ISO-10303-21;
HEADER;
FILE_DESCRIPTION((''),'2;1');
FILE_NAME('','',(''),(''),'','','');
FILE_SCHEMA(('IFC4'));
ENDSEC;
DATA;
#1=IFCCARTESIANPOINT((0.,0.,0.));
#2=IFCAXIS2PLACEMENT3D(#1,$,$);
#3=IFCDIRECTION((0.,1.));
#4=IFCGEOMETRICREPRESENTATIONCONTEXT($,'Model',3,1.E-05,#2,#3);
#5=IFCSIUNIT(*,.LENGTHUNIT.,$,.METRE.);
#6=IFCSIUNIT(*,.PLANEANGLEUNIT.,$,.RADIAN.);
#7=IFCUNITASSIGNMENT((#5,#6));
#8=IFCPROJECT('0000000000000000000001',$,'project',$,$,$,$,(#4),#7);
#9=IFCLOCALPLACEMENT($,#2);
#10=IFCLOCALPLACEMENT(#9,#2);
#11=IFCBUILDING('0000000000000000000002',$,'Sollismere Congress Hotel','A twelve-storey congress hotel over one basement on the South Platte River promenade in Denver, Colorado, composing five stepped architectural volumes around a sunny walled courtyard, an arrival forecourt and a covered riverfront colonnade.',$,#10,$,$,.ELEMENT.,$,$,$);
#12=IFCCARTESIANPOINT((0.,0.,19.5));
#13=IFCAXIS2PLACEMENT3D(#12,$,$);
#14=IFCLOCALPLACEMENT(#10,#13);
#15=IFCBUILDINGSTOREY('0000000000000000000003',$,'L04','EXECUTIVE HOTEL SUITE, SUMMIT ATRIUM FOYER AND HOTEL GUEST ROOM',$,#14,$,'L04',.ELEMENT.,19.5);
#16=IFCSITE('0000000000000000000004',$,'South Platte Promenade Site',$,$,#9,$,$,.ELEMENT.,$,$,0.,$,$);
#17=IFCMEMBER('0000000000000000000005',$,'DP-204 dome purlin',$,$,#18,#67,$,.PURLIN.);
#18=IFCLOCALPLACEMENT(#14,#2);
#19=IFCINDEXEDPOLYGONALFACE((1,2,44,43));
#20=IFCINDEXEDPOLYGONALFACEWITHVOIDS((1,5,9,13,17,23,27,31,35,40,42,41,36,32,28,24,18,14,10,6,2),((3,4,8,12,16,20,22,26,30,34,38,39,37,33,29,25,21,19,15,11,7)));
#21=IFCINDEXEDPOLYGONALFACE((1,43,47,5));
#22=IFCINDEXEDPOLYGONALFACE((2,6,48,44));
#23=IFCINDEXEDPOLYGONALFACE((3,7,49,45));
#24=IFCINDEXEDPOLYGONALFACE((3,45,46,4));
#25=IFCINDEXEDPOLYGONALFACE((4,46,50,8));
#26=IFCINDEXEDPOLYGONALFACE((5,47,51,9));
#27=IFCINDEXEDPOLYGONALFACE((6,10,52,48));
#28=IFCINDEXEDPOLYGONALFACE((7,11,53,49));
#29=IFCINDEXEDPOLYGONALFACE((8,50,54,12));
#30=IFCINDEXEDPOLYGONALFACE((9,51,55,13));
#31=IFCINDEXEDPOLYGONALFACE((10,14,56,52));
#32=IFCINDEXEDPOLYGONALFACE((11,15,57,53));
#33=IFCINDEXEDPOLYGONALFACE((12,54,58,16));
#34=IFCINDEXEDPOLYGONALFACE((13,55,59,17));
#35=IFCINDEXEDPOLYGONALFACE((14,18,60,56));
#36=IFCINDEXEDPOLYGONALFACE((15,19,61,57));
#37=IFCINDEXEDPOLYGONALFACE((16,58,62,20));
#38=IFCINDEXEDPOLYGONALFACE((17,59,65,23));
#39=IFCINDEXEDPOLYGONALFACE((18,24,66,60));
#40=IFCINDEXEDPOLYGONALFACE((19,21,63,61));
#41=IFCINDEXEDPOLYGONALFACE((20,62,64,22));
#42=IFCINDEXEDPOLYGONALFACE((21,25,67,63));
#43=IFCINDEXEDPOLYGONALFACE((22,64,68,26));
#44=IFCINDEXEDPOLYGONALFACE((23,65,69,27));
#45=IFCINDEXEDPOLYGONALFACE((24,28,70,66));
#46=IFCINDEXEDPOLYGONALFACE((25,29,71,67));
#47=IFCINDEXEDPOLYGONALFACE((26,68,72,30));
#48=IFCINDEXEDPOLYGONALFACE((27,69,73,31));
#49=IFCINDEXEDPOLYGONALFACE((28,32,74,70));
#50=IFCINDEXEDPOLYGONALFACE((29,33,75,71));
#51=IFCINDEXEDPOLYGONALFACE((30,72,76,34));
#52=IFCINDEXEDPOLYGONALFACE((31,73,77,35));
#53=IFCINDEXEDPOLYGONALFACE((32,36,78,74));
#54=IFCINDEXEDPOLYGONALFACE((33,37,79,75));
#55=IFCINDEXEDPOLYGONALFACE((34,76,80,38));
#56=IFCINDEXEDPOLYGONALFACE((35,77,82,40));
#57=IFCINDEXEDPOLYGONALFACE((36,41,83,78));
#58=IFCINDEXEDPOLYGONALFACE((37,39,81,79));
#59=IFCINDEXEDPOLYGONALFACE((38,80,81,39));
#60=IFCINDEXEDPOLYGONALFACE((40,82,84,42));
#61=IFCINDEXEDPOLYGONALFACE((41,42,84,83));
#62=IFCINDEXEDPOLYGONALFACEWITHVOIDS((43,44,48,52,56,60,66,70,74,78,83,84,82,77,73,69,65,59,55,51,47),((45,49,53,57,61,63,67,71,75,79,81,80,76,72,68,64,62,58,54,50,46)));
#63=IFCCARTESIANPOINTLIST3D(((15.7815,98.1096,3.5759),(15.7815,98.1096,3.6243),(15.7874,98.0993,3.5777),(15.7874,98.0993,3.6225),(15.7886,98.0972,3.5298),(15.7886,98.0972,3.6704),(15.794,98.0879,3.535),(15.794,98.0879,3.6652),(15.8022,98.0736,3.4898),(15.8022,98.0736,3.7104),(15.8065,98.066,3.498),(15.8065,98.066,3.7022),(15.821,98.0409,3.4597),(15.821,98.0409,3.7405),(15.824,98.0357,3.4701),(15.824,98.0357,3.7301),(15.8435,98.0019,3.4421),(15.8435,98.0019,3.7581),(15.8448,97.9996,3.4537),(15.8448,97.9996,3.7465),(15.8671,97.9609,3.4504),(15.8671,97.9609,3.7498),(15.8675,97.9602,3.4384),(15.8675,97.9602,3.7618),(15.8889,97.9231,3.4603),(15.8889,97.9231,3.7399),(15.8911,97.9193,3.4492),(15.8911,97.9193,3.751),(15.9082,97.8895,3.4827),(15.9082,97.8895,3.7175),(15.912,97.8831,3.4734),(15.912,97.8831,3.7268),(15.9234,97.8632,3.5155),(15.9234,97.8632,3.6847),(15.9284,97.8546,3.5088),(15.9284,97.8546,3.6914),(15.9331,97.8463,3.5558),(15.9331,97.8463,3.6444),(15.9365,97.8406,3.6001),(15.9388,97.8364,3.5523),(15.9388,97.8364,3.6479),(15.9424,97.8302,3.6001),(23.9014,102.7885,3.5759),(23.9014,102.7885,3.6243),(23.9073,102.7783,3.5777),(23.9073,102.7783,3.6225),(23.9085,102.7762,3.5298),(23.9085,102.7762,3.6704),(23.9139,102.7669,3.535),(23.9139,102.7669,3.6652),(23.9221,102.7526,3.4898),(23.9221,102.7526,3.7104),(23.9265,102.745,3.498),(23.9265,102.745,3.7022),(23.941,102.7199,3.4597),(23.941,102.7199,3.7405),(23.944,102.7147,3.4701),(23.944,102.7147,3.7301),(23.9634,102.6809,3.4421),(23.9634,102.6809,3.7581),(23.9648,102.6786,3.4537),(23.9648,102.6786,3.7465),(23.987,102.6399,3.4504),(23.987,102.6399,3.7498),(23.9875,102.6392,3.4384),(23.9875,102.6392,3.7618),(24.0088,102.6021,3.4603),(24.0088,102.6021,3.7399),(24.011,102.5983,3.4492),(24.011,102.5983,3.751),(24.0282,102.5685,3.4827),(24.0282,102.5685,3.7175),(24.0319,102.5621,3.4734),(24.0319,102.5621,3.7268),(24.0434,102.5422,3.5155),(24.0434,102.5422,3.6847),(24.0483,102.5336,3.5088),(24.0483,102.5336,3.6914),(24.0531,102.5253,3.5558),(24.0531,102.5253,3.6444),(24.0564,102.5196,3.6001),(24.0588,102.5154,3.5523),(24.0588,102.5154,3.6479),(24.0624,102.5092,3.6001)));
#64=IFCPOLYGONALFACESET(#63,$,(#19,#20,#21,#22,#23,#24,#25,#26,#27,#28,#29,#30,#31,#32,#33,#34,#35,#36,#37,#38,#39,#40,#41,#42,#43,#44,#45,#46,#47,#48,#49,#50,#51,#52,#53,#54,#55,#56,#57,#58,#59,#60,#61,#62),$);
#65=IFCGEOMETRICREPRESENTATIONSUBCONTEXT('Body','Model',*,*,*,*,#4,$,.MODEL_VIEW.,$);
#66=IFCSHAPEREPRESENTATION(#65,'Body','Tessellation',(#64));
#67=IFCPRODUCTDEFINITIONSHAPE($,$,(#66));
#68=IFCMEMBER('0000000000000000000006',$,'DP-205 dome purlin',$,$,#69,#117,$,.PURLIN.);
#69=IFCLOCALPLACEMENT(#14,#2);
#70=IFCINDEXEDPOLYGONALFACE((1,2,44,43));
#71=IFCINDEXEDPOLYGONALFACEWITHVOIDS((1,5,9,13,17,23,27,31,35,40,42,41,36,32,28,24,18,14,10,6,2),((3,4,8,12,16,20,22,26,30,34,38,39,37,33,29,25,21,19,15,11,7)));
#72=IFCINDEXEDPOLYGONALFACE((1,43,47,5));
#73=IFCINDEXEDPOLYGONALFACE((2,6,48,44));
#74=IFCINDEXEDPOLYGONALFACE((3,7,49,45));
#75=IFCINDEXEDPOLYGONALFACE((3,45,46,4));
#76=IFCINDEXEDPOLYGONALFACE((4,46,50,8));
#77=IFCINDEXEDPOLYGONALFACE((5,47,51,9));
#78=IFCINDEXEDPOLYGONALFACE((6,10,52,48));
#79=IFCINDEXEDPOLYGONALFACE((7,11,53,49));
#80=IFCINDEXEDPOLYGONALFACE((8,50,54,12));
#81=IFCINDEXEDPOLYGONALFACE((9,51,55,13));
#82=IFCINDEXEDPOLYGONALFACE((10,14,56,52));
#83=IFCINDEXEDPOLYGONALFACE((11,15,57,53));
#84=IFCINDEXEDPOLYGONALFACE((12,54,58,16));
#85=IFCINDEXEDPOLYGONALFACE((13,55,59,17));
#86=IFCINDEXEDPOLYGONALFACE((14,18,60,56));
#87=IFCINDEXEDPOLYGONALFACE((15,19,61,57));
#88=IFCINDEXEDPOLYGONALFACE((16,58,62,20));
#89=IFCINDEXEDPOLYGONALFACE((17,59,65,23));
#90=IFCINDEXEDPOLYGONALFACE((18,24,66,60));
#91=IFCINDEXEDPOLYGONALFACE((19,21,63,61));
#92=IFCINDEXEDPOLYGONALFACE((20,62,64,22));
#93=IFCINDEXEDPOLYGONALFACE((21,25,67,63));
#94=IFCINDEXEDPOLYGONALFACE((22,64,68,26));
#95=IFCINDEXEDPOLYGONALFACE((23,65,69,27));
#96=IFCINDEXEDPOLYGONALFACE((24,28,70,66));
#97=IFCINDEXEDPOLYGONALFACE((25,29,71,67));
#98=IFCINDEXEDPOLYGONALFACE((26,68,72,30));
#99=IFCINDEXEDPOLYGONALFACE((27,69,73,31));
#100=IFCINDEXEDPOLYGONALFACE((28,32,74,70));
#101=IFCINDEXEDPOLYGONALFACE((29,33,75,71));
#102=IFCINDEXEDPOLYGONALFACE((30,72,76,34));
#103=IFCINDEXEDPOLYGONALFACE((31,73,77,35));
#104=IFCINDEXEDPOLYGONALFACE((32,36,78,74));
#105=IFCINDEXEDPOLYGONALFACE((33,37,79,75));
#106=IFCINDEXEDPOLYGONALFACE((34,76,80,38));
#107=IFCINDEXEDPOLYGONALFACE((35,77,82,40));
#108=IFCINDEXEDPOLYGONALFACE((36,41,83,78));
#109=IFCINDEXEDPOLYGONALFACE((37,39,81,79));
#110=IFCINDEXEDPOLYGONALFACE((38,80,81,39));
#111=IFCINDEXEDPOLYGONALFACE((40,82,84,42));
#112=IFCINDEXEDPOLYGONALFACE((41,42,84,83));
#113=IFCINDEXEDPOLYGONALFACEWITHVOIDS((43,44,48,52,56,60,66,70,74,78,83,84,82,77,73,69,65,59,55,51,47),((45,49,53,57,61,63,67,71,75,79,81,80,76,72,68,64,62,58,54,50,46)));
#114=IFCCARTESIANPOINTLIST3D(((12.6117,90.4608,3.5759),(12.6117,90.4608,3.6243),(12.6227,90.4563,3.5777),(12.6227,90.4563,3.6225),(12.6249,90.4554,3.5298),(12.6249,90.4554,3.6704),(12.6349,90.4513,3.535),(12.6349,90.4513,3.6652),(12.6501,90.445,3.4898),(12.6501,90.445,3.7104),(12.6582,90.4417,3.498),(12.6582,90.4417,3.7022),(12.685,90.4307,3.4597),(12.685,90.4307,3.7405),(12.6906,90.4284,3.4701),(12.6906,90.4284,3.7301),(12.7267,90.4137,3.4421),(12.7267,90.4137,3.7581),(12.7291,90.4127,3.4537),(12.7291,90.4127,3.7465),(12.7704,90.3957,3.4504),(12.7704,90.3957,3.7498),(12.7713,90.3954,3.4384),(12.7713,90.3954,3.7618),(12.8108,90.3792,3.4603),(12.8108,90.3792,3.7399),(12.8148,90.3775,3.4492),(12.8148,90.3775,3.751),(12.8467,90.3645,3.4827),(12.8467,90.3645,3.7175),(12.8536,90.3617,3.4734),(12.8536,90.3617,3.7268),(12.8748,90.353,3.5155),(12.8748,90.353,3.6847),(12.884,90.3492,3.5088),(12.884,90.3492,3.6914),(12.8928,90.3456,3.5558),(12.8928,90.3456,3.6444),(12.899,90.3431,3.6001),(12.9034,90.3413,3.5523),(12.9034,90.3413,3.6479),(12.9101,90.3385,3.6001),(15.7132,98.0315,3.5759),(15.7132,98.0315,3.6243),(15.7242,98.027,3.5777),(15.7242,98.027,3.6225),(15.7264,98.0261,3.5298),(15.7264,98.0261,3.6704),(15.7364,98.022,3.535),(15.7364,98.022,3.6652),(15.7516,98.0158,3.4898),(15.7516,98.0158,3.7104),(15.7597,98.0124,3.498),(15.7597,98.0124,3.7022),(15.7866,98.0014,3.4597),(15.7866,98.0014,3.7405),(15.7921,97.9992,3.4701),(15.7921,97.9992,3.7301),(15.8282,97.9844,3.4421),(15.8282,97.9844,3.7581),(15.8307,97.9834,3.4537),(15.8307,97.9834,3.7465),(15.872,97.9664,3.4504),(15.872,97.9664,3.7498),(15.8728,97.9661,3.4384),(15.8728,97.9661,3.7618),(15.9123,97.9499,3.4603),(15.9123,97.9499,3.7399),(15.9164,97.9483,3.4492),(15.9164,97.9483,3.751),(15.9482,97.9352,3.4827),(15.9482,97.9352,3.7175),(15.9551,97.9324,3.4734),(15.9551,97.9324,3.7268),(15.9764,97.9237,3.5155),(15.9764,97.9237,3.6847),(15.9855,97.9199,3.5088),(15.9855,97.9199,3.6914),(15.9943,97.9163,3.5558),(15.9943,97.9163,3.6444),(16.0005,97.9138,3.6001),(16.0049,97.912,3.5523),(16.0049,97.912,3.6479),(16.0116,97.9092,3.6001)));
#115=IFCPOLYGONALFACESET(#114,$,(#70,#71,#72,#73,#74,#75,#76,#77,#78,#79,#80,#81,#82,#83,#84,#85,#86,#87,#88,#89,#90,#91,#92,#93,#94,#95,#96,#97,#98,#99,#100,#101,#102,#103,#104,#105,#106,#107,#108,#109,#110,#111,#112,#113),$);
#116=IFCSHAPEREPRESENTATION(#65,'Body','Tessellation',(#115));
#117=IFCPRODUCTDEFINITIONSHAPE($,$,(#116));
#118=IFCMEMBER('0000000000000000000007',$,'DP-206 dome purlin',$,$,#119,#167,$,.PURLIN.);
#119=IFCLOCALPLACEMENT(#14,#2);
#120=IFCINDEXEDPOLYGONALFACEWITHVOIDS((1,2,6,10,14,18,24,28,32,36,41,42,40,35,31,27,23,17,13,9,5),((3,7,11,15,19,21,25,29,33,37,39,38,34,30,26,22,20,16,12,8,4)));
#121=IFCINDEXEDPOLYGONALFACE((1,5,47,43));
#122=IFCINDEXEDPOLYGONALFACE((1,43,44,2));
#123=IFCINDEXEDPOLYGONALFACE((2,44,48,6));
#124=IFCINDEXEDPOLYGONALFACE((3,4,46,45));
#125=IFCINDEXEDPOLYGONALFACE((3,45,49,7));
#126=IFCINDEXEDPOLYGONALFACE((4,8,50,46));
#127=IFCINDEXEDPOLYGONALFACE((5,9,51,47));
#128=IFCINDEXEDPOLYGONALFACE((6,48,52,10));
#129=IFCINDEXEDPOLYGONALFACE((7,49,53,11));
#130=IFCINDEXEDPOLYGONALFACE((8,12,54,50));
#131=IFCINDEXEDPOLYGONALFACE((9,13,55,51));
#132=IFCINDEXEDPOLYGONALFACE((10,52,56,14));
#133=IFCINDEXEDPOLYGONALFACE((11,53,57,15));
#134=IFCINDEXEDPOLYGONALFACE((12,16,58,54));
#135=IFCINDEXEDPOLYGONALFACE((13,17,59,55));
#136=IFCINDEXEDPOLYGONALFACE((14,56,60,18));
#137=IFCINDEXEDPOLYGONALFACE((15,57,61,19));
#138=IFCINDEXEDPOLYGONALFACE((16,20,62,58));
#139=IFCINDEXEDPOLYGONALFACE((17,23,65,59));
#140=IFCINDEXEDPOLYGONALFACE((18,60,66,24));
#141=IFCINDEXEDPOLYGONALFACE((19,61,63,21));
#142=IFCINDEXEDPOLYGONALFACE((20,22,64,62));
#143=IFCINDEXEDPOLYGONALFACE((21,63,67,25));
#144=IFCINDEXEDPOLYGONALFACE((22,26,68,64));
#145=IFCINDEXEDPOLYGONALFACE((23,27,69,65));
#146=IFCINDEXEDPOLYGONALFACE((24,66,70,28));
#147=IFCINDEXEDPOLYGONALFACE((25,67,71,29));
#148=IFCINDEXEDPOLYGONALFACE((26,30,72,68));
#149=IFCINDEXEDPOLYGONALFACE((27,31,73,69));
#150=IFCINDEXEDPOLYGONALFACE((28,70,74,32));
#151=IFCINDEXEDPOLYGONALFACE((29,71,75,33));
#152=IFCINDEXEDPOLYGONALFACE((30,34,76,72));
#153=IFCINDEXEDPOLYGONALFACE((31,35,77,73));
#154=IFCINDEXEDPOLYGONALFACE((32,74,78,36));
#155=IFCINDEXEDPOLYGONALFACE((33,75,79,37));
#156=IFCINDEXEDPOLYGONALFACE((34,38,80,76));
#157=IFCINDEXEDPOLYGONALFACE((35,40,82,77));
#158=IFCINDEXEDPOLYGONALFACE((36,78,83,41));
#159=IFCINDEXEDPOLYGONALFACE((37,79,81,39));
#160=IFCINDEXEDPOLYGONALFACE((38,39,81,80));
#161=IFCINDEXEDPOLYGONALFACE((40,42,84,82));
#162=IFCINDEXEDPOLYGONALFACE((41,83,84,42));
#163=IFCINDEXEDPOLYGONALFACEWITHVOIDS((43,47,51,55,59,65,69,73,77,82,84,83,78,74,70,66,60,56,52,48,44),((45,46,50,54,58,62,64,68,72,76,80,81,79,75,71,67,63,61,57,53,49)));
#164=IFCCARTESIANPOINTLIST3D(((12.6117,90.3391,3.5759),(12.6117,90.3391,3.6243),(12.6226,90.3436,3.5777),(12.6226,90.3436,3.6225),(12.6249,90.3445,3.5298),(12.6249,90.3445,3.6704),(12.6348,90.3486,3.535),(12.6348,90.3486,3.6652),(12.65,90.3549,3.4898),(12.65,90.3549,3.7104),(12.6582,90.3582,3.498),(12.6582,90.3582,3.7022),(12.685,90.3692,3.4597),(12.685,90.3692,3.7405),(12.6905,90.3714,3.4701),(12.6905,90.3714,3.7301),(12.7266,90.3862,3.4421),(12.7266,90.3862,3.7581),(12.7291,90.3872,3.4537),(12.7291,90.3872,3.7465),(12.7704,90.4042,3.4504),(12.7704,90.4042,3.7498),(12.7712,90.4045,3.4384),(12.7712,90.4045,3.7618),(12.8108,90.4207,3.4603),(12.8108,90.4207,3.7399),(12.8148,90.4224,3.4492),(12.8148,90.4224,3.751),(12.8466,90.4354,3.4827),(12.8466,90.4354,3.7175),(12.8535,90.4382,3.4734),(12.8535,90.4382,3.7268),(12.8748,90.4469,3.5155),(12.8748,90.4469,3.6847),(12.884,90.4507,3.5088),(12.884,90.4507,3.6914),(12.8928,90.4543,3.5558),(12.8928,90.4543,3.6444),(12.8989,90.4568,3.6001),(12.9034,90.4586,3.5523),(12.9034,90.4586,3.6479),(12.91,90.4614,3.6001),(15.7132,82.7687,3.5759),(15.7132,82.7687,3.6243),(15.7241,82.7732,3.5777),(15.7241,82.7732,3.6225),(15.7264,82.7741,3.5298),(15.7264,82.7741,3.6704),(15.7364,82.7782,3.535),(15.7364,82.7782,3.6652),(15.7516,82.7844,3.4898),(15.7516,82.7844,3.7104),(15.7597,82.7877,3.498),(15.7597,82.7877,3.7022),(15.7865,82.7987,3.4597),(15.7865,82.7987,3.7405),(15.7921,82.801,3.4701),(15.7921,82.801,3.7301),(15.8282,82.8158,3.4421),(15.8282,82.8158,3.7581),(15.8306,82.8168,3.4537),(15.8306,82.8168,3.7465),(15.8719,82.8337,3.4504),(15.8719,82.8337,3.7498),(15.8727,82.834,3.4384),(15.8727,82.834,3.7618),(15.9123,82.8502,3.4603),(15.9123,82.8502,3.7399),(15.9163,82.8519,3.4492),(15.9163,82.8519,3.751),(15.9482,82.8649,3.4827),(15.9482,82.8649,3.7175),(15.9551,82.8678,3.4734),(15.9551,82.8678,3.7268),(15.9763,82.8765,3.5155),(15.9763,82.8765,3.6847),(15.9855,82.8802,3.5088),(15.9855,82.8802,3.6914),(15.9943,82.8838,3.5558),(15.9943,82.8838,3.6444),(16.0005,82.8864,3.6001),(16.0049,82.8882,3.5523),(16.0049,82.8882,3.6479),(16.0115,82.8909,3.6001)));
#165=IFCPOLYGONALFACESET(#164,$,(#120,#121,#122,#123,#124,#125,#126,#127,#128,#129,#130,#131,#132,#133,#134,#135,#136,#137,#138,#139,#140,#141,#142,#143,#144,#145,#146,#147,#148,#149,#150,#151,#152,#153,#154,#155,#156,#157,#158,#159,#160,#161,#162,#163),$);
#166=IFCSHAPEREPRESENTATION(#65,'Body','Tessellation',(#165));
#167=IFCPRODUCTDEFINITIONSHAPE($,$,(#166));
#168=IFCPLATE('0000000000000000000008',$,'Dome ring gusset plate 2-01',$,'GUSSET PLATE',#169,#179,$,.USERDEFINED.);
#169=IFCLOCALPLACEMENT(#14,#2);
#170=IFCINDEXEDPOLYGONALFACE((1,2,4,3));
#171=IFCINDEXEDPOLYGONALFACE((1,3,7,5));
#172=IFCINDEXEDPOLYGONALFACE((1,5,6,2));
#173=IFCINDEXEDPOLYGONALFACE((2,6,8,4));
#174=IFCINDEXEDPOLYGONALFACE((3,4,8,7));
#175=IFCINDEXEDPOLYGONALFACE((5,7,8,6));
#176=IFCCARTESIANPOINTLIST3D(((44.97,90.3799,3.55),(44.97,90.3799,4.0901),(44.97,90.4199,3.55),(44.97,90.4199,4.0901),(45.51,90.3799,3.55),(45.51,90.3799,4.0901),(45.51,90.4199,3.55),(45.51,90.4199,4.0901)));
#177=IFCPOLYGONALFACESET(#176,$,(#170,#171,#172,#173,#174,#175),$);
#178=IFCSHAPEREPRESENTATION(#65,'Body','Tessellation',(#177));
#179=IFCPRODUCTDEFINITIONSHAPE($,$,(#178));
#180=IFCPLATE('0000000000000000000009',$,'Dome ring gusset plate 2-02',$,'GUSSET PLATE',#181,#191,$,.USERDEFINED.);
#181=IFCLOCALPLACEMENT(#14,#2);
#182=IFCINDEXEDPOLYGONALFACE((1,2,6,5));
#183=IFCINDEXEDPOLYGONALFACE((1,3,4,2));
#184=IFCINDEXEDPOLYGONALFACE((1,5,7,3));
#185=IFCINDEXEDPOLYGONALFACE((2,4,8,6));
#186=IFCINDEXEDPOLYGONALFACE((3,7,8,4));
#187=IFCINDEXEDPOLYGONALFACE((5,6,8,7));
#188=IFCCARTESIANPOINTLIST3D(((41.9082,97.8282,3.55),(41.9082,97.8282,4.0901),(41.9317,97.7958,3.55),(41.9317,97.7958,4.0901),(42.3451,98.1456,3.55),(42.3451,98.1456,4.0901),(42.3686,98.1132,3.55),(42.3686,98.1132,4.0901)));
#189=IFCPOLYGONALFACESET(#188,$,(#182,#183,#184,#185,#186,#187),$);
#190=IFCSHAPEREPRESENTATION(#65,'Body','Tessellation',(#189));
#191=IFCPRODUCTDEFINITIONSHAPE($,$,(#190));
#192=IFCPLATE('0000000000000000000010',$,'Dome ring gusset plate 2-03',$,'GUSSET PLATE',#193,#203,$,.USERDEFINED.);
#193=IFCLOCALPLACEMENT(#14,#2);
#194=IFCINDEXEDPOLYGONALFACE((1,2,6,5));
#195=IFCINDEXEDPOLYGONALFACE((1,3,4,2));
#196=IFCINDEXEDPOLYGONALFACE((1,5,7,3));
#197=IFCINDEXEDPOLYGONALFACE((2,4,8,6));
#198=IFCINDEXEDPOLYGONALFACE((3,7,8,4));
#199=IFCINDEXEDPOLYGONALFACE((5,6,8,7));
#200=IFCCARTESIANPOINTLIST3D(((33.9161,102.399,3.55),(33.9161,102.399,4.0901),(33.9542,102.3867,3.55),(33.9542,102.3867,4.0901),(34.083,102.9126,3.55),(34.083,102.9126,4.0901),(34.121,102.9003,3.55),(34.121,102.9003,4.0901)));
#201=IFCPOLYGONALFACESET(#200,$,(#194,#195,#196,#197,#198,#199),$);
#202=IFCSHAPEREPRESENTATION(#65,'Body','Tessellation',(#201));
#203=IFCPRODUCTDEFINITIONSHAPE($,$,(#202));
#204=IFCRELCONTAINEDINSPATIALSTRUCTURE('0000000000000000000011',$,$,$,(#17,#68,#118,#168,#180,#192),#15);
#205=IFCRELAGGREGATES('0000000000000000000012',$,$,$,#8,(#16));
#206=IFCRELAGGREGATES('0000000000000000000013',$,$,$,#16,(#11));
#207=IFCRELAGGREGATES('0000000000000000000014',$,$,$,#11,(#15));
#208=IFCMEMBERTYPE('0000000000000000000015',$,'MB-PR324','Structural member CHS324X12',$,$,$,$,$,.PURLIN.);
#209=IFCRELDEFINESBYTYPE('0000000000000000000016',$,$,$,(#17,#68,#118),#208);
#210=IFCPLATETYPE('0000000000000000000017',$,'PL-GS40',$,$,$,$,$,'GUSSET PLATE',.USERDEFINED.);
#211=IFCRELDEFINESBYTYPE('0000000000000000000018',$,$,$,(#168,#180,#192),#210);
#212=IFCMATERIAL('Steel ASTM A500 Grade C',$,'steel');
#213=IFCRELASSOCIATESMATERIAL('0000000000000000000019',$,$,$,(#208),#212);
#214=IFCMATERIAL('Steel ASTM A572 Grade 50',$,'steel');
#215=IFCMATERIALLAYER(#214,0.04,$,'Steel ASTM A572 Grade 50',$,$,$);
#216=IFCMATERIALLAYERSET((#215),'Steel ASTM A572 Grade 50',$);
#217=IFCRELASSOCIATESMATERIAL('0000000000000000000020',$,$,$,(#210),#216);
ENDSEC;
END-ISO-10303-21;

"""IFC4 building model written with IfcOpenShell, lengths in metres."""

from ifc_helpers import new_model, si_unit, direction, frame, origin, origin_2d, place, context, subcontext, project, spatial, rectangle, hollow_circle, extrude, material, layer, layer_set, material_profile, profile_set, type_object, element, save


model = new_model("IFC4")

# Units and contexts
model_context = context("Model", 3, precision=1e-05, world=origin(), true_north=direction((0.0, 1.0)))
body_context = subcontext(model_context, "Body", "Model", "MODEL_VIEW")
ifc_project = project(units=[si_unit("LENGTHUNIT", "METRE"), si_unit("PLANEANGLEUNIT", "RADIAN")], contexts=[model_context])

# Site, building, storey
site_placement = place(None, origin())
site = spatial("IfcSite", under=ifc_project, at=site_placement, Name="South Platte Promenade Site", CompositionType="ELEMENT", RefElevation=0.0)
building_placement = place(site_placement, origin())
building = spatial("IfcBuilding", under=site, at=building_placement, Name="Sollismere Congress Hotel", Description="A twelve-storey congress hotel over one basement on the South Platte River promenade in Denver, Colorado, composing five stepped architectural volumes around a sunny walled courtyard, an arrival forecourt and a covered riverfront colonnade.", CompositionType="ELEMENT")
storey_placement = place(building_placement, frame((0.0, 0.0, 19.5)))
storey = spatial("IfcBuildingStorey", under=building, at=storey_placement, Name="L04", Description="EXECUTIVE HOTEL SUITE, SUMMIT ATRIUM FOYER AND HOTEL GUEST ROOM", LongName="L04", CompositionType="ELEMENT", Elevation=19.5)

# Members
ifc_material_1 = material(Name="Steel ASTM A500 Grade C", Category="steel")
ifc_material_profile_1 = material_profile(ifc_material_1, hollow_circle(Radius=0.1621, WallThickness=0.012, at=origin_2d()), Name="CHS324X12")
ifc_profile_set_1 = profile_set([ifc_material_profile_1], Name="Steel ASTM A500 Grade C")
member_type_1 = type_object("IfcMemberType", Name="MB-PR324", Description="Structural member CHS324X12", PredefinedType="PURLIN", material=ifc_profile_set_1)
member_1_placement = place(storey_placement, frame((23.9814, 102.6497, 3.6001), z_axis=(-0.866444, -0.499275, 0.0), x_axis=(0.499275, -0.866444, 0.0)))
element("IfcMember", 1, at=member_1_placement, inside=storey, type_object=member_type_1, Name="DP-204 dome purlin", PredefinedType="PURLIN", context=body_context, shape_type="SweptSolid", body=[
    extrude(hollow_circle(Radius=0.1621, WallThickness=0.012, at=origin_2d()), origin(), (0.0, 0.0, 1.0), 9.3716),
])
member_2_placement = place(storey_placement, frame((15.8616, 97.9707, 3.6001), z_axis=(-0.379095, -0.925358, 0.0), x_axis=(0.925358, -0.379095, 0.0)))
element("IfcMember", 2, at=member_2_placement, inside=storey, type_object=member_type_1, Name="DP-205 dome purlin", PredefinedType="PURLIN", context=body_context, shape_type="SweptSolid", body=[
    extrude(hollow_circle(Radius=0.1621, WallThickness=0.012, at=origin_2d()), origin(), (0.0, 0.0, 1.0), 8.1814),
])
member_3_placement = place(storey_placement, frame((12.76, 90.3999, 3.6001), z_axis=(0.379106, -0.925353, 0.0), x_axis=(0.925353, 0.379106, 0.0)))
element("IfcMember", 3, at=member_3_placement, inside=storey, type_object=member_type_1, Name="DP-206 dome purlin", PredefinedType="PURLIN", context=body_context, shape_type="SweptSolid", body=[
    extrude(hollow_circle(Radius=0.1621, WallThickness=0.012, at=origin_2d()), origin(), (0.0, 0.0, 1.0), 8.1812),
])

# Plates
ifc_material_2 = material(Name="Steel ASTM A572 Grade 50", Category="steel")
ifc_layer_1 = layer(ifc_material_2, 0.04, Name="Steel ASTM A572 Grade 50")
ifc_layer_set_1 = layer_set([ifc_layer_1], Name="Steel ASTM A572 Grade 50")
plate_type = type_object("IfcPlateType", Name="PL-GS40", ElementType="GUSSET PLATE", PredefinedType="USERDEFINED", material=ifc_layer_set_1)
for number, where, z_axis, x_axis, name in (
    (4, (45.24, 90.3999, 3.55), (0.0, 0.0, 1.0), (1.0, 0.0, 0.0), "Dome ring gusset plate 2-01"),
    (5, (42.1384, 97.9707, 3.55), (0.0, 0.0, 1.0), (0.809017, 0.587785, 0.0), "Dome ring gusset plate 2-02"),
    (6, (34.0186, 102.6497, 3.55), (0.0, 0.0, 1.0), (0.309017, 0.951057, 0.0), "Dome ring gusset plate 2-03"),
):
    element("IfcPlate", number, at=place(storey_placement, frame(where, z_axis=z_axis, x_axis=x_axis)), inside=storey, type_object=plate_type, Name=name, ObjectType="GUSSET PLATE", PredefinedType="USERDEFINED", context=body_context, shape_type="SweptSolid", body=[
        extrude(rectangle(XDim=0.54, YDim=0.04, at=origin_2d()), origin(), (0.0, 0.0, 1.0), 0.54),
    ])

save(model, "model.ifc")
